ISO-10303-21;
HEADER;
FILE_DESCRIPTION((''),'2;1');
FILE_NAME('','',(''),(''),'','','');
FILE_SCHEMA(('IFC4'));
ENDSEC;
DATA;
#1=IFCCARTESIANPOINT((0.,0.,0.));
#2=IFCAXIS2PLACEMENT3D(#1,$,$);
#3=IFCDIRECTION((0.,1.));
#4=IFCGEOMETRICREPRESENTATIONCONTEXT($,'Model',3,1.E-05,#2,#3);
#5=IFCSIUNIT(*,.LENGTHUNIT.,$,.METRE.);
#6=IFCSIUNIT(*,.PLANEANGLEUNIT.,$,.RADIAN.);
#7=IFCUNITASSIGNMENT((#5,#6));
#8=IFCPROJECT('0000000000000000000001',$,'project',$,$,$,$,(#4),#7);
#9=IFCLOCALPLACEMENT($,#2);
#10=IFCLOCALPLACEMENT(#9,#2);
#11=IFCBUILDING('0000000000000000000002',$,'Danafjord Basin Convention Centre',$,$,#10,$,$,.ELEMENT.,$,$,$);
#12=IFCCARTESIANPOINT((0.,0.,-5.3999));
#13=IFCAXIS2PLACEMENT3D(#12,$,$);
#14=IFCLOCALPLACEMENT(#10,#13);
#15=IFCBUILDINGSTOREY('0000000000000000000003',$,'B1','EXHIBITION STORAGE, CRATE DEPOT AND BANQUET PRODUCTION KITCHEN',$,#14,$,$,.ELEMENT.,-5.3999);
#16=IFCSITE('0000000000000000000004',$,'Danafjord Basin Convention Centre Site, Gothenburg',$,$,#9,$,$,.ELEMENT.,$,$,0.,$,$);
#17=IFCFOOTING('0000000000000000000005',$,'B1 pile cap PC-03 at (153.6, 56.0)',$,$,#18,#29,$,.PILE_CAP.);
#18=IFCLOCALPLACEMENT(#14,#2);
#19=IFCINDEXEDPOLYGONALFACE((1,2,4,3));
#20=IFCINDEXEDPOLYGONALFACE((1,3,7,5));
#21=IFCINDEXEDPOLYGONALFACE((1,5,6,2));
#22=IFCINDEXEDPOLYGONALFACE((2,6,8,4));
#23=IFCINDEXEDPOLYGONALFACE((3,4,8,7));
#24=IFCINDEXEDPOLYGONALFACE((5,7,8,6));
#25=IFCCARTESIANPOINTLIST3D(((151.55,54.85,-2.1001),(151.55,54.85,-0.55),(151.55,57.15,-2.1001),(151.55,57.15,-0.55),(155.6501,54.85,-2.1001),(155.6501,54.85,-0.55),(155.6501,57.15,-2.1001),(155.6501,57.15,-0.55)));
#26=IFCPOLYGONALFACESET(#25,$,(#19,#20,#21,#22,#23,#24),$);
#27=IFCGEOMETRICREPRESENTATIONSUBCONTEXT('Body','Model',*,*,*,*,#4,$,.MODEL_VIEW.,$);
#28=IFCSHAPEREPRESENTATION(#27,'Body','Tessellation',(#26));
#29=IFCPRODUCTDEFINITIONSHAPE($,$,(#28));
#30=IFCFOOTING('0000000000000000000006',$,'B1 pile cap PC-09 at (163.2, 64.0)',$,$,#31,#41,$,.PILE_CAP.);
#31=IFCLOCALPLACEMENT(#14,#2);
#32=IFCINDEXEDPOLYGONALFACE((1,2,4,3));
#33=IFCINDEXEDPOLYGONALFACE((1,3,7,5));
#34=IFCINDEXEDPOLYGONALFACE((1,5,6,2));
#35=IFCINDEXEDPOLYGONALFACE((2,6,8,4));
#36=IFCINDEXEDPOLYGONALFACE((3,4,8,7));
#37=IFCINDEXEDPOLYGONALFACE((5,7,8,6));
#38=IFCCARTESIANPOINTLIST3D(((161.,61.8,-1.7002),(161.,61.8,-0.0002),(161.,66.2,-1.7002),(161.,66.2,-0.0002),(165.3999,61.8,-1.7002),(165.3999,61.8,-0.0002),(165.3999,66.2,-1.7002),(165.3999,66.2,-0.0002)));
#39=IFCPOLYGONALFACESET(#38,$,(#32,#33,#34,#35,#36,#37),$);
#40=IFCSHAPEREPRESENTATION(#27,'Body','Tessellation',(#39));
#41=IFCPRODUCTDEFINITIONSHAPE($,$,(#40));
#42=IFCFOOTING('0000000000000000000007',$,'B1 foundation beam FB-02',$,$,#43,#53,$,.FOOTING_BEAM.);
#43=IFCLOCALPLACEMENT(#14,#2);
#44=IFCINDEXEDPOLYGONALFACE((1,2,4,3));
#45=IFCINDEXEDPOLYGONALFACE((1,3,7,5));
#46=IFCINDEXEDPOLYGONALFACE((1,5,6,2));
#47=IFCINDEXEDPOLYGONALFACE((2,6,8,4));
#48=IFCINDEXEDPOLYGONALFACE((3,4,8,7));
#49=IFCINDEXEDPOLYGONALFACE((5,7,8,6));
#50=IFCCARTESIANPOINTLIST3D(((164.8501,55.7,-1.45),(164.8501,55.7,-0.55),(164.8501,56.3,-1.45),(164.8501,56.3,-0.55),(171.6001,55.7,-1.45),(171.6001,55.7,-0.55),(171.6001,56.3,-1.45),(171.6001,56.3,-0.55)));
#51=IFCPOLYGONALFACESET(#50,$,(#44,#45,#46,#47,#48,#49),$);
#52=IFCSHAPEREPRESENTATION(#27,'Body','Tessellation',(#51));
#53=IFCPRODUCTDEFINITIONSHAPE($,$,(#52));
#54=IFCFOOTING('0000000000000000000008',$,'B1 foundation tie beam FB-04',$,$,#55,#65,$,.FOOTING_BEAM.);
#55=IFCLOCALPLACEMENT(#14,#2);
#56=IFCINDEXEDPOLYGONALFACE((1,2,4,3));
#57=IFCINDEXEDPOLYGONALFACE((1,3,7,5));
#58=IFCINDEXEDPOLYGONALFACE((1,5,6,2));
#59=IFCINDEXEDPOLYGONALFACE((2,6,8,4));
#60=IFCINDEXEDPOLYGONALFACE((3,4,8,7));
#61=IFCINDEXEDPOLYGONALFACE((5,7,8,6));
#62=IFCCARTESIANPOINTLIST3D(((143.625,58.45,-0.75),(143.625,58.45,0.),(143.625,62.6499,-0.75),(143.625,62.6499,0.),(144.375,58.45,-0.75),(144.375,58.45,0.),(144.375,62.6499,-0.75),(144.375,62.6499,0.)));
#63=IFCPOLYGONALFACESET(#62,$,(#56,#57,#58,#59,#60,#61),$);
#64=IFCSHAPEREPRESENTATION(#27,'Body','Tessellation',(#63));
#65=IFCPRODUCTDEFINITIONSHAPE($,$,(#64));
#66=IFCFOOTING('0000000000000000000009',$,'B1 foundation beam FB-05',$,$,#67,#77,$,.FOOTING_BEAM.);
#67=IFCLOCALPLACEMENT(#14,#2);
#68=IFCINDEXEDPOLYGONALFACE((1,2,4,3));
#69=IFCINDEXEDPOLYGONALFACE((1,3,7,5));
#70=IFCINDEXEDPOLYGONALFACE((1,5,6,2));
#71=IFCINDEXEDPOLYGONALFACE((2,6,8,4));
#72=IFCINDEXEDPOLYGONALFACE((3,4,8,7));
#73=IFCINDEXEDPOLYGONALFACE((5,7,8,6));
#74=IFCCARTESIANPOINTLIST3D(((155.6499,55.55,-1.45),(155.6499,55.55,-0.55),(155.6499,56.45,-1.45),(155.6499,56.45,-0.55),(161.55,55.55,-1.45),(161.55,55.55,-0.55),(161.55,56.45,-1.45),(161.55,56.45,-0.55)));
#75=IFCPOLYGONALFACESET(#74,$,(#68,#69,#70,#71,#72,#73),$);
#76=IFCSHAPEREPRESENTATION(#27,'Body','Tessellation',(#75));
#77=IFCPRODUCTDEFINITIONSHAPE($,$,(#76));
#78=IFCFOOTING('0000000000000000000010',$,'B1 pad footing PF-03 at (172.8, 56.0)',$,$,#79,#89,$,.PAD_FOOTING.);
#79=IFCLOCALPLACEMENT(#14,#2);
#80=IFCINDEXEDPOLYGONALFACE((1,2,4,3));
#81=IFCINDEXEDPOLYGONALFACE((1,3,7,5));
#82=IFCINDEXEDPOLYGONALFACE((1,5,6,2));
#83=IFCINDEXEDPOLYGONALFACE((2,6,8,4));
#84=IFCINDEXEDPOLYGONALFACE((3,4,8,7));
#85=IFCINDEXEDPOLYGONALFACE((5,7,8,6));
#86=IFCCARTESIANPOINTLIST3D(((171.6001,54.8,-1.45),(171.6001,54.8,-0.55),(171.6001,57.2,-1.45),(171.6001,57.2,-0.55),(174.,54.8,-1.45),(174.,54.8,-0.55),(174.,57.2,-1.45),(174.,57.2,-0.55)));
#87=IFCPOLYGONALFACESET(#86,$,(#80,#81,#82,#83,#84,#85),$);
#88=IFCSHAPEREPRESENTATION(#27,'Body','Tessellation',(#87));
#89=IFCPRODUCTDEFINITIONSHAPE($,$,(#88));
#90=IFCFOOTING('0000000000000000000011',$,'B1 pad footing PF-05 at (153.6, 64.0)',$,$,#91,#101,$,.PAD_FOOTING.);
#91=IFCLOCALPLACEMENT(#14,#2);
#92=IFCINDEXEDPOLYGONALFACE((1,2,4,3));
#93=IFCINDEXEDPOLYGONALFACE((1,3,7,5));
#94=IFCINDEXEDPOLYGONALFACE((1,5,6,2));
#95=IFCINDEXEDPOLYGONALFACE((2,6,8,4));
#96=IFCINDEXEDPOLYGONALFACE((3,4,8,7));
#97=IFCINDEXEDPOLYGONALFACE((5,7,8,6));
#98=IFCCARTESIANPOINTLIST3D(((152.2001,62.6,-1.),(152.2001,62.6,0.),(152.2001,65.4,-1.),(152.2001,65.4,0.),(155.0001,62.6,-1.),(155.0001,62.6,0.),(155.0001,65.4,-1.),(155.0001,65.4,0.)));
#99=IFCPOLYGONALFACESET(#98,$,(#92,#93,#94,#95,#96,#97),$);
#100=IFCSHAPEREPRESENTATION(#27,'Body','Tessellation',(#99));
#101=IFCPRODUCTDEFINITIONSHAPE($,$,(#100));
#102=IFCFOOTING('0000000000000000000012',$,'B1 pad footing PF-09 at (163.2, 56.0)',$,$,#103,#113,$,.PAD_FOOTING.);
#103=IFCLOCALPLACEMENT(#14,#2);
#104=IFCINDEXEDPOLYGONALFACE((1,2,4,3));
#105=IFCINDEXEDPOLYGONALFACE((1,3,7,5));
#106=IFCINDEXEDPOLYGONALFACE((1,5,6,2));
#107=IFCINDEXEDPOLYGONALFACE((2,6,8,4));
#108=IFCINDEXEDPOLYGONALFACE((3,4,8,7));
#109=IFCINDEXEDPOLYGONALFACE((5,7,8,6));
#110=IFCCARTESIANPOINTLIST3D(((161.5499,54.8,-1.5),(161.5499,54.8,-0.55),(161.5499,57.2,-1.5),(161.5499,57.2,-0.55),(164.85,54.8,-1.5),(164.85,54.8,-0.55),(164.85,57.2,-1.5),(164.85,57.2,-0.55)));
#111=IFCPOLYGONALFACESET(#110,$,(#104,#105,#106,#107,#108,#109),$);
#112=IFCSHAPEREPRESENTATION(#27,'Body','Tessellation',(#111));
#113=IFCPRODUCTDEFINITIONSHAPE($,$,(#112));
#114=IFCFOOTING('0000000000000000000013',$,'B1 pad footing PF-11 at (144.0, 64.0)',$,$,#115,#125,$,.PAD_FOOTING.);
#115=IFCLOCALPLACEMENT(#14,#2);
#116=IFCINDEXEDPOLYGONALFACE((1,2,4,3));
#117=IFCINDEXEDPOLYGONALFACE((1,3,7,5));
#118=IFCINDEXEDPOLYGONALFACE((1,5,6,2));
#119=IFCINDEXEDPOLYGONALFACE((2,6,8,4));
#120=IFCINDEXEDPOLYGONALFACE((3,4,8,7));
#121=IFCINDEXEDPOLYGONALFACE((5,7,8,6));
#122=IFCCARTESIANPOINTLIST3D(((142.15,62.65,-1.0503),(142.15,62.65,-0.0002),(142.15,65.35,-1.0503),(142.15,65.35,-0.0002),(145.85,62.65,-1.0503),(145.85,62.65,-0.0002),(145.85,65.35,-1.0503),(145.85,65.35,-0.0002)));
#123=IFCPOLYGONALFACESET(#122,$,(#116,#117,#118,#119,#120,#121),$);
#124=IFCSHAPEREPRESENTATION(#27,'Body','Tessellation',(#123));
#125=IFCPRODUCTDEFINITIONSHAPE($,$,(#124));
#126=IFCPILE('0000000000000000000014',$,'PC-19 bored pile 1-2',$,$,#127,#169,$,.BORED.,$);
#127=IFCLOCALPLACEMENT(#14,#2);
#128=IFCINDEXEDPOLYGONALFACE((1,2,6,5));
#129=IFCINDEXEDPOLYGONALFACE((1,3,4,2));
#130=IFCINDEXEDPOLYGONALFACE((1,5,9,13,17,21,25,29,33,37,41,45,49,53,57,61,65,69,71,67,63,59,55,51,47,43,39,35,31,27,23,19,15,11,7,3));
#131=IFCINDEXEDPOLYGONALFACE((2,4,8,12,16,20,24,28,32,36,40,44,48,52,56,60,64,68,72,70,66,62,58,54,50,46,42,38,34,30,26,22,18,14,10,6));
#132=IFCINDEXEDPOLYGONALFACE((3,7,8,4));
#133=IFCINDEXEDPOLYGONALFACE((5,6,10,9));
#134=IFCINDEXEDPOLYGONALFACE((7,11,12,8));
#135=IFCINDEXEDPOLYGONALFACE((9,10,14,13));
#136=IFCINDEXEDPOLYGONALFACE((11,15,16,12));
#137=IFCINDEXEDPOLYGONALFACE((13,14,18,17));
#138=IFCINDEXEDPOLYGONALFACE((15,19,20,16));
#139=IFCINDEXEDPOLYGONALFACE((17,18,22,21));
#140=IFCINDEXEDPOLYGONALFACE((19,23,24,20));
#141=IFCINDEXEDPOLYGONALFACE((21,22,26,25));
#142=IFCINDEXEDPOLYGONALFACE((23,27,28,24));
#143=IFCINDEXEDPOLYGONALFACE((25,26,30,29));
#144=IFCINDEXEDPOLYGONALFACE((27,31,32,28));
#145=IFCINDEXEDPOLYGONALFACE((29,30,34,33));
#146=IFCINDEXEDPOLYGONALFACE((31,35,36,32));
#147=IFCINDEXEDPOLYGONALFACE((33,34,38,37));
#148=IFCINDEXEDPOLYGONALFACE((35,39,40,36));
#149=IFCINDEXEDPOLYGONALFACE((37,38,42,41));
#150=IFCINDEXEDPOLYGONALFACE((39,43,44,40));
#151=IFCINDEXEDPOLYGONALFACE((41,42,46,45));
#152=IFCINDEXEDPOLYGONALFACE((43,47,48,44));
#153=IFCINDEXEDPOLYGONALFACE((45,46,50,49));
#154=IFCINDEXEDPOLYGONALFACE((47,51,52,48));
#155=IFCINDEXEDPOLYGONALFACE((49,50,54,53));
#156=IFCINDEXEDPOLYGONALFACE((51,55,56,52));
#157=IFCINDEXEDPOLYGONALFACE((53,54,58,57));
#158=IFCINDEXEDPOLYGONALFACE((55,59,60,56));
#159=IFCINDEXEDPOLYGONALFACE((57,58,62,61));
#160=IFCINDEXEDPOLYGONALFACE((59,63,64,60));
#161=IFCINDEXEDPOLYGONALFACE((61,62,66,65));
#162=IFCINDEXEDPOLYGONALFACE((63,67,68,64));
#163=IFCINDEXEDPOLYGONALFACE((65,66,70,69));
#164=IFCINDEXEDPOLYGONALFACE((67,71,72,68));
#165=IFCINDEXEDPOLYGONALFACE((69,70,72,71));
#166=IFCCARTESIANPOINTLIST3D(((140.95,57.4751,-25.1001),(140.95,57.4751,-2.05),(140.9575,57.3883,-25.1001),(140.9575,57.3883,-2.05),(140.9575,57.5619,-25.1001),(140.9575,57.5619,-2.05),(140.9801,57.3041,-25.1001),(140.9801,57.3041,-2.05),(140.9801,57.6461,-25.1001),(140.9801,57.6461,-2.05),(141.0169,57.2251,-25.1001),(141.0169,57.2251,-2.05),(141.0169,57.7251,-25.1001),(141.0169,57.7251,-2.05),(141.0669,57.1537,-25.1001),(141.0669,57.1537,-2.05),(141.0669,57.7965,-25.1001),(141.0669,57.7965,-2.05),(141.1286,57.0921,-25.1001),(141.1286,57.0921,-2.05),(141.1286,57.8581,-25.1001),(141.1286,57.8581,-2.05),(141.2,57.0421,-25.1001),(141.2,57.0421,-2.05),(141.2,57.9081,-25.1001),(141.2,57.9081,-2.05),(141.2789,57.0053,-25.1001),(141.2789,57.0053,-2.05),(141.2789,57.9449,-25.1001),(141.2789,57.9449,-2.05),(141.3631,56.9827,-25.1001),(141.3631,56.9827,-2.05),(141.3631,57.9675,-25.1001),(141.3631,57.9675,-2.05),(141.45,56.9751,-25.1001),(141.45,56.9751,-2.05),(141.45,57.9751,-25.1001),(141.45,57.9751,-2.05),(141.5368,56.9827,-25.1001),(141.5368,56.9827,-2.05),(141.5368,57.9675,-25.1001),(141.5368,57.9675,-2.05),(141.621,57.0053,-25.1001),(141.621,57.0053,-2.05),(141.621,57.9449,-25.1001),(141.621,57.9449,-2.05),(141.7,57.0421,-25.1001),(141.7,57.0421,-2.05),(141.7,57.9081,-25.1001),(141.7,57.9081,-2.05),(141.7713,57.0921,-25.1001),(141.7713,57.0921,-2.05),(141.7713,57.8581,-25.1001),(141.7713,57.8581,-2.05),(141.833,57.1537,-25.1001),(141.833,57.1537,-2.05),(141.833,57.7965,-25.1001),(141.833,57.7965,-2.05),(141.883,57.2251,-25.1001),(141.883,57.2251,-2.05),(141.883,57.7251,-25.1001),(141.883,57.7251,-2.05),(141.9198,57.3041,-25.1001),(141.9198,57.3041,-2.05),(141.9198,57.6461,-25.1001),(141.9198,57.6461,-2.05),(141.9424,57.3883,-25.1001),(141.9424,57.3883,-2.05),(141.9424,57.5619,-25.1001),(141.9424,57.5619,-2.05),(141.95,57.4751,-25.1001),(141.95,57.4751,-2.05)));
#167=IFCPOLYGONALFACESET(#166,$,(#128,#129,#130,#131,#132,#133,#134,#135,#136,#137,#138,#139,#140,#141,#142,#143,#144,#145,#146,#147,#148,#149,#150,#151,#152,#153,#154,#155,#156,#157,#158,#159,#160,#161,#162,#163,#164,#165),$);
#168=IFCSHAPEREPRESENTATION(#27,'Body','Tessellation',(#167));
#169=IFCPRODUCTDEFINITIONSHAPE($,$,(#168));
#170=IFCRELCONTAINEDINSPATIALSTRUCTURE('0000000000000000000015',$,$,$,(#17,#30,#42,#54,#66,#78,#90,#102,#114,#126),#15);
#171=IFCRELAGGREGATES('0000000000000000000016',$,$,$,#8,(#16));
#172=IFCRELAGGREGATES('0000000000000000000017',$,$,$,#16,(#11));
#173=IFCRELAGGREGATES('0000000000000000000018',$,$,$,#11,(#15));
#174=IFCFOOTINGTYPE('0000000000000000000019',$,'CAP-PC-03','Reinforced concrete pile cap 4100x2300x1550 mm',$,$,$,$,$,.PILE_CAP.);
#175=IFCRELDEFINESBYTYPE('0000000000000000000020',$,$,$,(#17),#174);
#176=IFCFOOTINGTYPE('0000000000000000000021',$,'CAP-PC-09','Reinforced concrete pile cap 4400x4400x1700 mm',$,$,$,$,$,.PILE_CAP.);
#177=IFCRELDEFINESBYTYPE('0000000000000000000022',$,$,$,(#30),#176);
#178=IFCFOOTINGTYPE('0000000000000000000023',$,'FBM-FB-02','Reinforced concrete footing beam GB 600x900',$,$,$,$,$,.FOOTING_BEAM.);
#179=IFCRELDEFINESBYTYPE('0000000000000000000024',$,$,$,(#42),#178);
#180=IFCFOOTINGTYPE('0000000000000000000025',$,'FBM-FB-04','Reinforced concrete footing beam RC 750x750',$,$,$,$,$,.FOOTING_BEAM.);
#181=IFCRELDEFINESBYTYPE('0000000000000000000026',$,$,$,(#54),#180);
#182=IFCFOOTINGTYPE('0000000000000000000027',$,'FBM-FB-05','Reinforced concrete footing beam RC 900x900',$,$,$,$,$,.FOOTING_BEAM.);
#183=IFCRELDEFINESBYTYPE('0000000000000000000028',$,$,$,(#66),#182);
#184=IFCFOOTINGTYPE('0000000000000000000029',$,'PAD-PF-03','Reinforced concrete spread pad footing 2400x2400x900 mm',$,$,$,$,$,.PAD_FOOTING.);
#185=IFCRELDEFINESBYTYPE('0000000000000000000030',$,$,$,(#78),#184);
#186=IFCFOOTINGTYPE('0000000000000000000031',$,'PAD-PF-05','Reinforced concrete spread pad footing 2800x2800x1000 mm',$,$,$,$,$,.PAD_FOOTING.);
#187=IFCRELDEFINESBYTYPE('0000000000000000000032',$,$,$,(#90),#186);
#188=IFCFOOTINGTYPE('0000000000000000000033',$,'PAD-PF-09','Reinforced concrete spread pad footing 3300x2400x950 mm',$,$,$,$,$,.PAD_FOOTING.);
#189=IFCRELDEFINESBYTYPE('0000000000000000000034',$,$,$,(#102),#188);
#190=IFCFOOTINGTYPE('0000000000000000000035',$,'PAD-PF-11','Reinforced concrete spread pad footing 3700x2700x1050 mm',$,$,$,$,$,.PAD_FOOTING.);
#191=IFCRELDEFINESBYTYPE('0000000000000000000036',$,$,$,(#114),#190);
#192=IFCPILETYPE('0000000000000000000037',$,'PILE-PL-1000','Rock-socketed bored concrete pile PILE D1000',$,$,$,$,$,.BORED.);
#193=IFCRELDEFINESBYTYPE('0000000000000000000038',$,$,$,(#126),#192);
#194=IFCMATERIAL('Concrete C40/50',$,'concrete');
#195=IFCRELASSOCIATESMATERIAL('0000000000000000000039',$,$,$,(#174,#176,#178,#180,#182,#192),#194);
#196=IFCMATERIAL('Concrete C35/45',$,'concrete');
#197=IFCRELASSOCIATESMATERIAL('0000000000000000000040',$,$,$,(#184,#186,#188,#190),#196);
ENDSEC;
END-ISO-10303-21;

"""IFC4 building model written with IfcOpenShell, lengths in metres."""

from ifc_helpers import new_model, si_unit, direction, frame, origin, origin_2d, place, context, subcontext, project, spatial, rectangle, circle, extrude, material, material_profile, profile_set, type_object, element, save


model = new_model("IFC4")

# Units and contexts
model_context = context("Model", 3, precision=1e-05, world=origin(), true_north=direction((0.0, 1.0)))
body_context = subcontext(model_context, "Body", "Model", "MODEL_VIEW")
ifc_project = project(units=[si_unit("LENGTHUNIT", "METRE"), si_unit("PLANEANGLEUNIT", "RADIAN")], contexts=[model_context])

# Site, building, storey
site_placement = place(None, origin())
site = spatial("IfcSite", under=ifc_project, at=site_placement, Name="Danafjord Basin Convention Centre Site, Gothenburg", CompositionType="ELEMENT", RefElevation=0.0)
building_placement = place(site_placement, origin())
building = spatial("IfcBuilding", under=site, at=building_placement, Name="Danafjord Basin Convention Centre", CompositionType="ELEMENT")
storey_placement = place(building_placement, frame((0.0, 0.0, -5.3999)))
storey = spatial("IfcBuildingStorey", under=building, at=storey_placement, Name="B1", Description="EXHIBITION STORAGE, CRATE DEPOT AND BANQUET PRODUCTION KITCHEN", CompositionType="ELEMENT", Elevation=-5.3999)

# Footings
ifc_material_1 = material(Name="Concrete C40/50", Category="concrete")
footing_type_1 = type_object("IfcFootingType", Name="CAP-PC-03", Description="Reinforced concrete pile cap 4100x2300x1550 mm", PredefinedType="PILE_CAP", material=ifc_material_1)
footing_1_placement = place(storey_placement, frame((153.6001, 56.0, -2.1001), z_axis=(0.0, 0.0, 1.0), x_axis=(1.0, 0.0, 0.0)))
element("IfcFooting", 1, at=footing_1_placement, inside=storey, type_object=footing_type_1, Name="B1 pile cap PC-03 at (153.6, 56.0)", PredefinedType="PILE_CAP", context=body_context, shape_type="SweptSolid", body=[
    extrude(rectangle(XDim=4.1001, YDim=2.3, at=origin_2d()), origin(), (0.0, 0.0, 1.0), 1.55),
])
footing_type_2 = type_object("IfcFootingType", Name="CAP-PC-09", Description="Reinforced concrete pile cap 4400x4400x1700 mm", PredefinedType="PILE_CAP", material=ifc_material_1)
footing_2_placement = place(storey_placement, frame((163.2, 64.0, -1.7002), z_axis=(0.0, 0.0, 1.0), x_axis=(1.0, 0.0, 0.0)))
element("IfcFooting", 2, at=footing_2_placement, inside=storey, type_object=footing_type_2, Name="B1 pile cap PC-09 at (163.2, 64.0)", PredefinedType="PILE_CAP", context=body_context, shape_type="SweptSolid", body=[
    extrude(rectangle(XDim=4.3999, YDim=4.3999, at=origin_2d()), origin(), (0.0, 0.0, 1.0), 1.7),
])
ifc_material_profile_1 = material_profile(ifc_material_1, rectangle(XDim=0.6001, YDim=0.8999, at=origin_2d()), Name="GB 600x900")
ifc_profile_set_1 = profile_set([ifc_material_profile_1], Name="Concrete C40/50")
footing_type_3 = type_object("IfcFootingType", Name="FBM-FB-02", Description="Reinforced concrete footing beam GB 600x900", PredefinedType="FOOTING_BEAM", material=ifc_profile_set_1)
footing_3_placement = place(storey_placement, frame((164.8501, 56.0, -1.0), z_axis=(1.0, 0.0, 0.0), x_axis=(0.0, 1.0, 0.0)))
element("IfcFooting", 3, at=footing_3_placement, inside=storey, type_object=footing_type_3, Name="B1 foundation beam FB-02", PredefinedType="FOOTING_BEAM", context=body_context, shape_type="SweptSolid", body=[
    extrude(rectangle(XDim=0.6001, YDim=0.8999, at=origin_2d()), origin(), (0.0, 0.0, 1.0), 6.75),
])
ifc_material_profile_2 = material_profile(ifc_material_1, rectangle(XDim=0.75, YDim=0.75, at=origin_2d()), Name="RC 750x750")
ifc_profile_set_2 = profile_set([ifc_material_profile_2], Name="Concrete C40/50")
footing_type_4 = type_object("IfcFootingType", Name="FBM-FB-04", Description="Reinforced concrete footing beam RC 750x750", PredefinedType="FOOTING_BEAM", material=ifc_profile_set_2)
footing_4_placement = place(storey_placement, frame((144.0, 58.45, -0.375), z_axis=(0.0, 1.0, 0.0), x_axis=(-1.0, 0.0, 0.0)))
element("IfcFooting", 4, at=footing_4_placement, inside=storey, type_object=footing_type_4, Name="B1 foundation tie beam FB-04", PredefinedType="FOOTING_BEAM", context=body_context, shape_type="SweptSolid", body=[
    extrude(rectangle(XDim=0.75, YDim=0.75, at=origin_2d()), origin(), (0.0, 0.0, 1.0), 4.2),
])
ifc_material_profile_3 = material_profile(ifc_material_1, rectangle(XDim=0.8999, YDim=0.8999, at=origin_2d()), Name="RC 900x900")
ifc_profile_set_3 = profile_set([ifc_material_profile_3], Name="Concrete C40/50")
footing_type_5 = type_object("IfcFootingType", Name="FBM-FB-05", Description="Reinforced concrete footing beam RC 900x900", PredefinedType="FOOTING_BEAM", material=ifc_profile_set_3)
footing_5_placement = place(storey_placement, frame((155.6499, 56.0, -1.0), z_axis=(1.0, 0.0, 0.0), x_axis=(0.0, 1.0, 0.0)))
element("IfcFooting", 5, at=footing_5_placement, inside=storey, type_object=footing_type_5, Name="B1 foundation beam FB-05", PredefinedType="FOOTING_BEAM", context=body_context, shape_type="SweptSolid", body=[
    extrude(rectangle(XDim=0.8999, YDim=0.8999, at=origin_2d()), origin(), (0.0, 0.0, 1.0), 5.9001),
])
ifc_material_2 = material(Name="Concrete C35/45", Category="concrete")
footing_type_6 = type_object("IfcFootingType", Name="PAD-PF-03", Description="Reinforced concrete spread pad footing 2400x2400x900 mm", PredefinedType="PAD_FOOTING", material=ifc_material_2)
footing_6_placement = place(storey_placement, frame((172.8, 56.0, -1.45), z_axis=(0.0, 0.0, 1.0), x_axis=(1.0, 0.0, 0.0)))
element("IfcFooting", 6, at=footing_6_placement, inside=storey, type_object=footing_type_6, Name="B1 pad footing PF-03 at (172.8, 56.0)", PredefinedType="PAD_FOOTING", context=body_context, shape_type="SweptSolid", body=[
    extrude(rectangle(XDim=2.3999, YDim=2.3999, at=origin_2d()), origin(), (0.0, 0.0, 1.0), 0.8999),
])
footing_type_7 = type_object("IfcFootingType", Name="PAD-PF-05", Description="Reinforced concrete spread pad footing 2800x2800x1000 mm", PredefinedType="PAD_FOOTING", material=ifc_material_2)
footing_7_placement = place(storey_placement, frame((153.6001, 64.0, -1.0), z_axis=(0.0, 0.0, 1.0), x_axis=(1.0, 0.0, 0.0)))
element("IfcFooting", 7, at=footing_7_placement, inside=storey, type_object=footing_type_7, Name="B1 pad footing PF-05 at (153.6, 64.0)", PredefinedType="PAD_FOOTING", context=body_context, shape_type="SweptSolid", body=[
    extrude(rectangle(XDim=2.8, YDim=2.8, at=origin_2d()), origin(), (0.0, 0.0, 1.0), 1.0),
])
footing_type_8 = type_object("IfcFootingType", Name="PAD-PF-09", Description="Reinforced concrete spread pad footing 3300x2400x950 mm", PredefinedType="PAD_FOOTING", material=ifc_material_2)
footing_8_placement = place(storey_placement, frame((163.2, 56.0, -1.5), z_axis=(0.0, 0.0, 1.0), x_axis=(1.0, 0.0, 0.0)))
element("IfcFooting", 8, at=footing_8_placement, inside=storey, type_object=footing_type_8, Name="B1 pad footing PF-09 at (163.2, 56.0)", PredefinedType="PAD_FOOTING", context=body_context, shape_type="SweptSolid", body=[
    extrude(rectangle(XDim=3.3, YDim=2.3999, at=origin_2d()), origin(), (0.0, 0.0, 1.0), 0.95),
])
footing_type_9 = type_object("IfcFootingType", Name="PAD-PF-11", Description="Reinforced concrete spread pad footing 3700x2700x1050 mm", PredefinedType="PAD_FOOTING", material=ifc_material_2)
footing_9_placement = place(storey_placement, frame((144.0, 64.0, -1.0503), z_axis=(0.0, 0.0, 1.0), x_axis=(1.0, 0.0, 0.0)))
element("IfcFooting", 9, at=footing_9_placement, inside=storey, type_object=footing_type_9, Name="B1 pad footing PF-11 at (144.0, 64.0)", PredefinedType="PAD_FOOTING", context=body_context, shape_type="SweptSolid", body=[
    extrude(rectangle(XDim=3.7, YDim=2.7, at=origin_2d()), origin(), (0.0, 0.0, 1.0), 1.05),
])

# Pile
ifc_material_profile_4 = material_profile(ifc_material_1, circle(Radius=0.5, at=origin_2d()), Name="PILE D1000")
ifc_profile_set_4 = profile_set([ifc_material_profile_4], Name="Concrete C40/50")
pile_type_1 = type_object("IfcPileType", Name="PILE-PL-1000", Description="Rock-socketed bored concrete pile PILE D1000", PredefinedType="BORED", material=ifc_profile_set_4)
for number, where, z_axis, x_axis, name in (
    (10, (141.45, 57.4751, -2.05), (0.0, 0.0, -1.0), (1.0, 0.0, 0.0), "PC-19 bored pile 1-2"),
):
    element("IfcPile", number, at=place(storey_placement, frame(where, z_axis=z_axis, x_axis=x_axis)), inside=storey, type_object=pile_type_1, Name=name, PredefinedType="BORED", context=body_context, shape_type="SweptSolid", body=[
        extrude(circle(Radius=0.5, at=origin_2d()), origin(), (0.0, 0.0, 1.0), 23.05),
    ])

save(model, "model.ifc")
